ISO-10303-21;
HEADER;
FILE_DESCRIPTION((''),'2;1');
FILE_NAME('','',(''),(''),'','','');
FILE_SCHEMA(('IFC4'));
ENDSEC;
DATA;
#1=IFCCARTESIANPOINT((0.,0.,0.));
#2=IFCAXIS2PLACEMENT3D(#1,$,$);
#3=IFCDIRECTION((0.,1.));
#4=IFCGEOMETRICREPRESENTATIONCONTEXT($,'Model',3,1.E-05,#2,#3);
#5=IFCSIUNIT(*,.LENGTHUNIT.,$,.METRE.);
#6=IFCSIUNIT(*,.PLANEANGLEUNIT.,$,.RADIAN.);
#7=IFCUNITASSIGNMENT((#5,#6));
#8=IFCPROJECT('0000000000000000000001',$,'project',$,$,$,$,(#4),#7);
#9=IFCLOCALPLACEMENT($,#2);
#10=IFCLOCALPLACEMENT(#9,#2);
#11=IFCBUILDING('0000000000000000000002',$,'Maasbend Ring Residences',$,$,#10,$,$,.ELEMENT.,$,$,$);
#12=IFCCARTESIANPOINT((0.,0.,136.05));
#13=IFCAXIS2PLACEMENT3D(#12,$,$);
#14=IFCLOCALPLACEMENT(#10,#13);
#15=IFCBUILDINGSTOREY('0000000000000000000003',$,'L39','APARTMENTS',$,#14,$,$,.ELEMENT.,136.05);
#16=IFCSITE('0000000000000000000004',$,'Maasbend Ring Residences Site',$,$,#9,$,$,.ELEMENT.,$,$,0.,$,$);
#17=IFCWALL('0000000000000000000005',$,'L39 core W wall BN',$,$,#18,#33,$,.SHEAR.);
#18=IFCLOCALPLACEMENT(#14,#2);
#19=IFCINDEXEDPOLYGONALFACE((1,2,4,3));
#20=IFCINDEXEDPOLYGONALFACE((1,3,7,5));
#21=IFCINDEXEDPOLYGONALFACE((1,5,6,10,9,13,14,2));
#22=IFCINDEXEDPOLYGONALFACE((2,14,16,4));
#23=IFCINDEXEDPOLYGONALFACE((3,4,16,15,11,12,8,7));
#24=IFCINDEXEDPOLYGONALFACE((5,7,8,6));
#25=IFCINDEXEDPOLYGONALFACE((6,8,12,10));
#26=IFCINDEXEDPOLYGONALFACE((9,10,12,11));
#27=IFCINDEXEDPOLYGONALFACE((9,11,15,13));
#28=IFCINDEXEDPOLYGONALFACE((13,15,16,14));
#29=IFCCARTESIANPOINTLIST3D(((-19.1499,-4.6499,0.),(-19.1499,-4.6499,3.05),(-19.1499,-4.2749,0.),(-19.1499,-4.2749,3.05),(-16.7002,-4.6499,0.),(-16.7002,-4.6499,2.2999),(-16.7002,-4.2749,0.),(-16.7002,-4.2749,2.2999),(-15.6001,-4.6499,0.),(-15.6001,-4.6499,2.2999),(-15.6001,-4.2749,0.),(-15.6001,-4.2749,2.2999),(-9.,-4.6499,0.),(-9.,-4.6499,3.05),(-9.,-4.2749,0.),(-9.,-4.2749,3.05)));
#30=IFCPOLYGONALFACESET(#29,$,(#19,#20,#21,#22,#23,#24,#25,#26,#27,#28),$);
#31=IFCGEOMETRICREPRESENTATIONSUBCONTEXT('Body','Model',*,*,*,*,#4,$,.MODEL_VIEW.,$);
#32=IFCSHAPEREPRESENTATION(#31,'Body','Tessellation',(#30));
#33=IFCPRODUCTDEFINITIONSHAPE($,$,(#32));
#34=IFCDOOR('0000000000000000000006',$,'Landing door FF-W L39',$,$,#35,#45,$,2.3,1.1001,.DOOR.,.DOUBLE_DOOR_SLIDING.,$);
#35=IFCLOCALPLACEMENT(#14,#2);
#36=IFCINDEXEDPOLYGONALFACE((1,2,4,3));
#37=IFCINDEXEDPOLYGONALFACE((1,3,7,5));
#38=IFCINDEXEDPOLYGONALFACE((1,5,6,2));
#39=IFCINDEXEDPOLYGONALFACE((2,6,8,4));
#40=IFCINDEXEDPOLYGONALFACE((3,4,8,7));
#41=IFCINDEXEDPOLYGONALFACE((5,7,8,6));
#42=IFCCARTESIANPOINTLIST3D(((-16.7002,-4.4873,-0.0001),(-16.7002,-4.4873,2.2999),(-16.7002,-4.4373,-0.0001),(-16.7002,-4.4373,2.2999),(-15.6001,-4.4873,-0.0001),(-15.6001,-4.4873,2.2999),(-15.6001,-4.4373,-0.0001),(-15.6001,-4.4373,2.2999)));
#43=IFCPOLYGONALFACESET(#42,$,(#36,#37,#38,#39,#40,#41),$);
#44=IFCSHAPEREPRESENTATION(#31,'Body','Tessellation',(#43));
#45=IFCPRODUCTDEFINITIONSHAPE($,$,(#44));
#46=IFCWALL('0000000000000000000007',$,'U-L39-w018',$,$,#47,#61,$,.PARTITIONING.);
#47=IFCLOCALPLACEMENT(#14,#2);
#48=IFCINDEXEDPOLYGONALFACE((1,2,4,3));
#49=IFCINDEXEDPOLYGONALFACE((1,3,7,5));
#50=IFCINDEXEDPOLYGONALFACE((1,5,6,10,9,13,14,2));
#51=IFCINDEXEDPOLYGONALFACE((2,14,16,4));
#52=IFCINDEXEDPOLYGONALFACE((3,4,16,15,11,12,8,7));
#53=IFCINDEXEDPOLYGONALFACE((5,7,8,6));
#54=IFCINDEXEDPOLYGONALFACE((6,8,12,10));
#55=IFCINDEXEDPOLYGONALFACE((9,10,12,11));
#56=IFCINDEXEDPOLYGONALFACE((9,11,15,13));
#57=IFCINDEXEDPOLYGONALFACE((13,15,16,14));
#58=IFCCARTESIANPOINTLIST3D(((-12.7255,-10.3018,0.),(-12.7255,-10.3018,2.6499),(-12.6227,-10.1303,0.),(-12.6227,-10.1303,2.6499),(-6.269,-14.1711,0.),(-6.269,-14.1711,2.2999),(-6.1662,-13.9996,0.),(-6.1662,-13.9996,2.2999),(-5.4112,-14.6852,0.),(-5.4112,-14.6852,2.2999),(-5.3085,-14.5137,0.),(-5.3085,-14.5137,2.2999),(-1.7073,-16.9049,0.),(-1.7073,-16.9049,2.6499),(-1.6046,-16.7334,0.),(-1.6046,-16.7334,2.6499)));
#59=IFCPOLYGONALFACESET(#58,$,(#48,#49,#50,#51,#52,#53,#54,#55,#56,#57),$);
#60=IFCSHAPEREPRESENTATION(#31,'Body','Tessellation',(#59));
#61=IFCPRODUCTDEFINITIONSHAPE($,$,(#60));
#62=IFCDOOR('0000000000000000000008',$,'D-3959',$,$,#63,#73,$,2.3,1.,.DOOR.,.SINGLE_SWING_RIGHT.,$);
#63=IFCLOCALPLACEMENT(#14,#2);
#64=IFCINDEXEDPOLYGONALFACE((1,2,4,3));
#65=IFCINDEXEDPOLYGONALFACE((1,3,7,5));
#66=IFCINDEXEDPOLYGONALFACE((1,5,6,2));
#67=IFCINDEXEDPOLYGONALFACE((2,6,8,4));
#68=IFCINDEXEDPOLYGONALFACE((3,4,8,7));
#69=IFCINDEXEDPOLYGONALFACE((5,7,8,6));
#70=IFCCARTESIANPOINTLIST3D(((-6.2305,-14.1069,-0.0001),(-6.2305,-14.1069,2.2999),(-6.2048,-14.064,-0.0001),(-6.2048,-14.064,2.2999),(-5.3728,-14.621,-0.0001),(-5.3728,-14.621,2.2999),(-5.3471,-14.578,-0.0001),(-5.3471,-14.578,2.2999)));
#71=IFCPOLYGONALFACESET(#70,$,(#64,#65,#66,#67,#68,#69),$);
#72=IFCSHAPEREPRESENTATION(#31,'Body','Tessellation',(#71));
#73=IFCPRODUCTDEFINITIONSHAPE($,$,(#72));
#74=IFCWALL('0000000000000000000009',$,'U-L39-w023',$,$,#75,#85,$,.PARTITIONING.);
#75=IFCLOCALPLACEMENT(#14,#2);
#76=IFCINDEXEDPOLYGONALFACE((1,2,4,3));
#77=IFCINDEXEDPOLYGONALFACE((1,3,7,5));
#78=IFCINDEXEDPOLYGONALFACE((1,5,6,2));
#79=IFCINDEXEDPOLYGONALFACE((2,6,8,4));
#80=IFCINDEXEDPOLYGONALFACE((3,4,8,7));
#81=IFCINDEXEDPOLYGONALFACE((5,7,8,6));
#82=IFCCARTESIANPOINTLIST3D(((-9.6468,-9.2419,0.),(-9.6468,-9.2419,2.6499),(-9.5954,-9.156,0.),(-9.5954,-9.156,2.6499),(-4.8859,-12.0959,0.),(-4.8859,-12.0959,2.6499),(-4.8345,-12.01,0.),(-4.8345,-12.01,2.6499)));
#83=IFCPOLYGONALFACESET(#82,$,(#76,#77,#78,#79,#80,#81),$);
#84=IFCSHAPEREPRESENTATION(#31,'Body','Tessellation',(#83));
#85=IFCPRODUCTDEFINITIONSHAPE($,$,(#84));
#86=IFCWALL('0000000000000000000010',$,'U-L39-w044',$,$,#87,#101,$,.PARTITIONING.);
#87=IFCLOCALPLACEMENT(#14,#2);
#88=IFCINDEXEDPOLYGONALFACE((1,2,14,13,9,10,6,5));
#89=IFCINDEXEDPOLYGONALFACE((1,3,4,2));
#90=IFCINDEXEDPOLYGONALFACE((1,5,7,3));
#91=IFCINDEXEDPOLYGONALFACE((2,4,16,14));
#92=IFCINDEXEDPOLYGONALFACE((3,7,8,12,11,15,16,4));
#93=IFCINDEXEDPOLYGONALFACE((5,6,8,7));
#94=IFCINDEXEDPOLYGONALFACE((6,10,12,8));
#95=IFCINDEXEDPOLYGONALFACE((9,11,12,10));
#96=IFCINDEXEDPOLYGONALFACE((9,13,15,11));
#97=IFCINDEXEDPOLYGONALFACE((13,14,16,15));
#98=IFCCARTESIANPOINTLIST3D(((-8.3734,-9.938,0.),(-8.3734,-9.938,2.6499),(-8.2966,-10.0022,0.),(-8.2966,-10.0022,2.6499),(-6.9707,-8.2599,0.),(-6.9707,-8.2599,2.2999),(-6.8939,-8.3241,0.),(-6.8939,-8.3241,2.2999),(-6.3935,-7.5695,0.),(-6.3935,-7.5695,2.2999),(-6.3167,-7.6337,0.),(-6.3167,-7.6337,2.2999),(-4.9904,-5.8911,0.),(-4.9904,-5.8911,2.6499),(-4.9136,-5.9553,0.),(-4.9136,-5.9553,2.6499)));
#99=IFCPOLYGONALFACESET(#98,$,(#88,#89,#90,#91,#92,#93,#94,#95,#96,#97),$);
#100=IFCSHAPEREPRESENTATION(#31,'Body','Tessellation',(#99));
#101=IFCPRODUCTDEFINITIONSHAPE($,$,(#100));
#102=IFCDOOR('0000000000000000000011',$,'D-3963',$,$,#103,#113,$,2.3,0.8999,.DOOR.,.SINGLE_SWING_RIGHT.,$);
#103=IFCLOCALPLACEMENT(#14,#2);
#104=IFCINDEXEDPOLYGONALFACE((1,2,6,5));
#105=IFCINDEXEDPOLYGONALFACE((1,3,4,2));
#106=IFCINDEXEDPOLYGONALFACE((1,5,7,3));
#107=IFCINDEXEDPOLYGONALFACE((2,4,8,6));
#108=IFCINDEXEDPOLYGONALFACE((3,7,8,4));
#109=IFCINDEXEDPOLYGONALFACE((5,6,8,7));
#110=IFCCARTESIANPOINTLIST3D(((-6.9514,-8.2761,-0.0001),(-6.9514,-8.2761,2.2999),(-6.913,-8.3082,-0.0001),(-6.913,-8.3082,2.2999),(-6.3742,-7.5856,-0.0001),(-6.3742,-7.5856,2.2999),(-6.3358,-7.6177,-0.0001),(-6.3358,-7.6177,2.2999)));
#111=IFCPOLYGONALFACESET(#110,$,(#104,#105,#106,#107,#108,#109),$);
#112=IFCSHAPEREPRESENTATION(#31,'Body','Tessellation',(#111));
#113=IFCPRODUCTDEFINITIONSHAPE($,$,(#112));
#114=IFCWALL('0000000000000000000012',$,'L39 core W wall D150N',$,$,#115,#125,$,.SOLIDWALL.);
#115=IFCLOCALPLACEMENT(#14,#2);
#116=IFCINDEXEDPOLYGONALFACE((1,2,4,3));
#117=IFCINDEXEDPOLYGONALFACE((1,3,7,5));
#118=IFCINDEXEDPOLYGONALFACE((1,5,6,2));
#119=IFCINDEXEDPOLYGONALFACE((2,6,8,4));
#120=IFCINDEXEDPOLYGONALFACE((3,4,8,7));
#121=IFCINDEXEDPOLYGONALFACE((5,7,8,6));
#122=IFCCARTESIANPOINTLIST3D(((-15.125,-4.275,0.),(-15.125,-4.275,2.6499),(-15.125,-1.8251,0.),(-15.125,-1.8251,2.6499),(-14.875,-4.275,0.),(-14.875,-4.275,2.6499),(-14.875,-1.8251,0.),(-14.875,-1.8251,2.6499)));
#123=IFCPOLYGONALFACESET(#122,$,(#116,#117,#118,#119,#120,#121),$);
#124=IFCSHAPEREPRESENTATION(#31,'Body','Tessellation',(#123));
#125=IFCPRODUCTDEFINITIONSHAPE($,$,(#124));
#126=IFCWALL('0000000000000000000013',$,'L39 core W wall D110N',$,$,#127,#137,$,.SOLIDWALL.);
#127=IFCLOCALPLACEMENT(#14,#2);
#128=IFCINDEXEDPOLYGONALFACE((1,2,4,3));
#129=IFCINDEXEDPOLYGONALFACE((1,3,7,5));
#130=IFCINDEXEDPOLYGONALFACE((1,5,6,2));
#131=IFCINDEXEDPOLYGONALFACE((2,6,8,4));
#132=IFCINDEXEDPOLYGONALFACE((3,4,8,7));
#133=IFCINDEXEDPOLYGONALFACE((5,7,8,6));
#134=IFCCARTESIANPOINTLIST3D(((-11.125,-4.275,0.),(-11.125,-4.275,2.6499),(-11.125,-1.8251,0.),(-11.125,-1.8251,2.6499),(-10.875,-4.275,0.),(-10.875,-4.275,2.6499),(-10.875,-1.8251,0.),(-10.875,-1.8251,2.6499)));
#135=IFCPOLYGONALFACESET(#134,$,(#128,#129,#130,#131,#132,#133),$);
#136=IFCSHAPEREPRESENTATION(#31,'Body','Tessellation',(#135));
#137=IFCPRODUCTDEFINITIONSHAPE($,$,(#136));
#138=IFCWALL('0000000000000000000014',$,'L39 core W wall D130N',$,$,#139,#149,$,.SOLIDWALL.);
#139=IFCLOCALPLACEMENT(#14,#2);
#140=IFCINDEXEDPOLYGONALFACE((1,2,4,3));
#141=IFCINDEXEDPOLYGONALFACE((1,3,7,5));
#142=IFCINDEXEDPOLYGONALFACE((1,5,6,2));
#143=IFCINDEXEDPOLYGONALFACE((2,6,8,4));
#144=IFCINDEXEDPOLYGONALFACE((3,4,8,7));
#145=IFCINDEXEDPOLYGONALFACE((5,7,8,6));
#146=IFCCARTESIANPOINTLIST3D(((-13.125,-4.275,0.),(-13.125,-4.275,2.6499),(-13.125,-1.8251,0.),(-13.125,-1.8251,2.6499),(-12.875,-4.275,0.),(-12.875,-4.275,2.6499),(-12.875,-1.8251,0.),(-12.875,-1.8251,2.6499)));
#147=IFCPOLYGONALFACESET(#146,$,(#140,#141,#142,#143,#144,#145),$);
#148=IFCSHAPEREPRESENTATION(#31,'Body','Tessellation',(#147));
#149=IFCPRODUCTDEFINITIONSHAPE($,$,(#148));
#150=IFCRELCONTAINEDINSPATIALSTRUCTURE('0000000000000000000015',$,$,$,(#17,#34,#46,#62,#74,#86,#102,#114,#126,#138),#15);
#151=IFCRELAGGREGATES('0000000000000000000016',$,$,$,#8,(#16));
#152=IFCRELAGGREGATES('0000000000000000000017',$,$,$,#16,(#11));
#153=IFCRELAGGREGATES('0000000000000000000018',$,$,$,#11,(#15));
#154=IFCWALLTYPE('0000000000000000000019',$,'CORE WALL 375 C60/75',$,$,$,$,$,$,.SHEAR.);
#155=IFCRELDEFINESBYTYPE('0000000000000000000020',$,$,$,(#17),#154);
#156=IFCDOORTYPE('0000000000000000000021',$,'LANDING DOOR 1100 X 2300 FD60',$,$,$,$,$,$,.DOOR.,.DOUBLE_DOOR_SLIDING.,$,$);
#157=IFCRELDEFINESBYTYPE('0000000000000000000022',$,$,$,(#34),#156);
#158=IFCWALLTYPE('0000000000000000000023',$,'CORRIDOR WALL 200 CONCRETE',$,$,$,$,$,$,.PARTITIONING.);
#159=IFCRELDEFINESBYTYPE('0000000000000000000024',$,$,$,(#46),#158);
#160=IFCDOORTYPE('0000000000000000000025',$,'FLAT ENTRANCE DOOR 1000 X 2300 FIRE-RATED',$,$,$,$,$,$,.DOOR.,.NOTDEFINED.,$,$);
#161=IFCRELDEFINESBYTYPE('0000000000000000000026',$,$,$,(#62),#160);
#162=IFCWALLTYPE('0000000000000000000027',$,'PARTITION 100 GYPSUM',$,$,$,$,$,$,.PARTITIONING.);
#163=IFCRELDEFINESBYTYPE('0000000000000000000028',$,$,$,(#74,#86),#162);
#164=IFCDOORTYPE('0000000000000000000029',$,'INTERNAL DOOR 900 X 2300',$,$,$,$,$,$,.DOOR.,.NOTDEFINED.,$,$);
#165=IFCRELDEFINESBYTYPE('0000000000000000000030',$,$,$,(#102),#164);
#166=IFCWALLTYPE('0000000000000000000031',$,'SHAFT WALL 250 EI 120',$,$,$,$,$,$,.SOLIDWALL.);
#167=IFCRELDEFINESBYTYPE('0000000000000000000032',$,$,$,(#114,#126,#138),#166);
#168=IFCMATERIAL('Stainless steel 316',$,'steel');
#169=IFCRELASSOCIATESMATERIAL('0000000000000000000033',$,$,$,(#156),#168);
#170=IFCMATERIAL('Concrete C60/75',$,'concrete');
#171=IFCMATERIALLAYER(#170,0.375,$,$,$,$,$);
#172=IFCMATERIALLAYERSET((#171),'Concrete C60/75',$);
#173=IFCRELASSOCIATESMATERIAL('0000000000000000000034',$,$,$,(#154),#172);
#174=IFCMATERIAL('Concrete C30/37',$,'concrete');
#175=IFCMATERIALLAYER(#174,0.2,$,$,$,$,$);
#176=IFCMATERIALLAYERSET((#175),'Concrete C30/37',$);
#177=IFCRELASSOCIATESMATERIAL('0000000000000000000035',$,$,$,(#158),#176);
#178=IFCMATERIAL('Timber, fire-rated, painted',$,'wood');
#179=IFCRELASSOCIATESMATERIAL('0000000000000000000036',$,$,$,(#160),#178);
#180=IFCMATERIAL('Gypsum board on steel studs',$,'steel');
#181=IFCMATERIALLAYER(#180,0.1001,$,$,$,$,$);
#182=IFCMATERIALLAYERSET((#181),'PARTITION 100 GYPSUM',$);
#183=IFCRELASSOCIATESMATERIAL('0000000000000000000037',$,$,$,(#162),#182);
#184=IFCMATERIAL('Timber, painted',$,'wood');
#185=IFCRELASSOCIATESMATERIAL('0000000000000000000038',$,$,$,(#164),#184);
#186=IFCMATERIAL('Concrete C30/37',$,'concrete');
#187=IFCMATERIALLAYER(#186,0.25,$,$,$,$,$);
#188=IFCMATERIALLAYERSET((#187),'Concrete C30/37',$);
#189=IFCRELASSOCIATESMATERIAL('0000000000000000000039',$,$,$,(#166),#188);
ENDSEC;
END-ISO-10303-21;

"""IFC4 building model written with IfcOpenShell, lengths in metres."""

from ifc_helpers import new_model, si_unit, direction, frame, frame_2d, origin, place, context, subcontext, project, spatial, rectangle, extrude, material, layer, layer_set, type_object, element, fill, save


model = new_model("IFC4")

# Units and contexts
model_context = context("Model", 3, precision=1e-05, world=origin(), true_north=direction((0.0, 1.0)))
body_context = subcontext(model_context, "Body", "Model", "MODEL_VIEW")
ifc_project = project(units=[si_unit("LENGTHUNIT", "METRE"), si_unit("PLANEANGLEUNIT", "RADIAN")], contexts=[model_context])

# Site, building, storey
site_placement = place(None, origin())
site = spatial("IfcSite", under=ifc_project, at=site_placement, Name="Maasbend Ring Residences Site", CompositionType="ELEMENT", RefElevation=0.0)
building_placement = place(site_placement, origin())
building = spatial("IfcBuilding", under=site, at=building_placement, Name="Maasbend Ring Residences", CompositionType="ELEMENT")
storey_placement = place(building_placement, frame((0.0, 0.0, 136.05)))
storey = spatial("IfcBuildingStorey", under=building, at=storey_placement, Name="L39", Description="APARTMENTS", CompositionType="ELEMENT", Elevation=136.05)

# Shared definitions
ifc_material_1 = material(Name="Stainless steel 316", Category="steel")
door_type_1 = type_object("IfcDoorType", Name="LANDING DOOR 1100 X 2300 FD60", OperationType="DOUBLE_DOOR_SLIDING", PredefinedType="DOOR", material=ifc_material_1)

# Walls, openings, doors
ifc_material_2 = material(Name="Concrete C60/75", Category="concrete")
ifc_layer_1 = layer(ifc_material_2, 0.375)
ifc_layer_set_1 = layer_set([ifc_layer_1], Name="Concrete C60/75")
wall_type_1 = type_object("IfcWallType", Name="CORE WALL 375 C60/75", PredefinedType="SHEAR", material=ifc_layer_set_1)
wall_1_placement = place(storey_placement, frame((-9.0, -4.4624, 0.0), z_axis=(0.0, 0.0, 1.0), x_axis=(-1.0, 0.0, 0.0)))
wall_1 = element("IfcWall", 1, at=wall_1_placement, inside=storey, type_object=wall_type_1, Name="L39 core W wall BN", PredefinedType="SHEAR", context=body_context, shape_type="SweptSolid", body=[
    extrude(rectangle(XDim=10.1499, YDim=0.375, at=frame_2d((5.075, 0.0))), origin(), (0.0, 0.0, 1.0), 3.05),
])
opening_1_placement = place(wall_1_placement, frame((6.6001, 0.0, 0.0)))
opening_1 = element("IfcOpeningElement", 2, at=opening_1_placement, cuts=wall_1, PredefinedType="OPENING", context=body_context, shape_type="SweptSolid", body=[
    extrude(rectangle(XDim=1.1001, YDim=2.3, at=frame_2d((0.55, 1.1499))), frame((0.0, 0.1975, 0.0), z_axis=(0.0, -1.0, 0.0), x_axis=(1.0, 0.0, 0.0)), (0.0, 0.0, 1.0), 0.395),
])
door_1_placement = place(opening_1_placement, origin())
door_1 = element("IfcDoor", 3, at=door_1_placement, inside=storey, type_object=door_type_1, Name="Landing door FF-W L39", OperationType="DOUBLE_DOOR_SLIDING", OverallHeight=2.3, OverallWidth=1.1001, PredefinedType="DOOR", context=body_context, shape_type="SweptSolid", body=[
    extrude(rectangle(XDim=1.1001, YDim=2.3, at=frame_2d((0.55, 1.1499))), frame((0.0, 0.0249, 0.0), z_axis=(0.0, -1.0, 0.0), x_axis=(1.0, 0.0, 0.0)), (0.0, 0.0, 1.0), 0.05),
])
fill(opening_1, door_1)
ifc_material_3 = material(Name="Concrete C30/37", Category="concrete")
ifc_layer_2 = layer(ifc_material_3, 0.2)
ifc_layer_set_2 = layer_set([ifc_layer_2], Name="Concrete C30/37")
wall_type_2 = type_object("IfcWallType", Name="CORRIDOR WALL 200 CONCRETE", PredefinedType="PARTITIONING", material=ifc_layer_set_2)
wall_2_placement = place(storey_placement, frame((-12.6741, -10.2161, 0.0), z_axis=(0.0, 0.0, 1.0), x_axis=(0.857761, -0.514048, 0.0)))
wall_2 = element("IfcWall", 4, at=wall_2_placement, inside=storey, type_object=wall_type_2, Name="U-L39-w018", PredefinedType="PARTITIONING", context=body_context, shape_type="SweptSolid", body=[
    extrude(rectangle(XDim=12.8452, YDim=0.2, at=frame_2d((6.4226, 0.0))), origin(), (0.0, 0.0, 1.0), 2.6499),
])
opening_2_placement = place(wall_2_placement, frame((7.5271, 0.0, 0.0)))
opening_2 = element("IfcOpeningElement", 5, at=opening_2_placement, cuts=wall_2, PredefinedType="OPENING", context=body_context, shape_type="SweptSolid", body=[
    extrude(rectangle(XDim=1.0, YDim=2.3, at=frame_2d((0.5, 1.1499))), frame((0.0, 0.1099, 0.0), z_axis=(0.0, -1.0, 0.0), x_axis=(1.0, 0.0, 0.0)), (0.0, 0.0, 1.0), 0.22),
])
ifc_material_4 = material(Name="Timber, fire-rated, painted", Category="wood")
door_type_2 = type_object("IfcDoorType", Name="FLAT ENTRANCE DOOR 1000 X 2300 FIRE-RATED", OperationType="NOTDEFINED", PredefinedType="DOOR", material=ifc_material_4)
door_2_placement = place(opening_2_placement, origin())
door_2 = element("IfcDoor", 6, at=door_2_placement, inside=storey, type_object=door_type_2, Name="D-3959", OperationType="SINGLE_SWING_RIGHT", OverallHeight=2.3, OverallWidth=1.0, PredefinedType="DOOR", context=body_context, shape_type="SweptSolid", body=[
    extrude(rectangle(XDim=1.0, YDim=2.3, at=frame_2d((0.5, 1.1499))), frame((0.0, 0.0249, 0.0), z_axis=(0.0, -1.0, 0.0), x_axis=(1.0, 0.0, 0.0)), (0.0, 0.0, 1.0), 0.05),
])
fill(opening_2, door_2)

# Wall
ifc_material_5 = material(Name="Gypsum board on steel studs", Category="steel")
ifc_layer_3 = layer(ifc_material_5, 0.1001)
ifc_layer_set_3 = layer_set([ifc_layer_3], Name="PARTITION 100 GYPSUM")
wall_type_3 = type_object("IfcWallType", Name="PARTITION 100 GYPSUM", PredefinedType="PARTITIONING", material=ifc_layer_set_3)
wall_3_placement = place(storey_placement, frame((-9.6211, -9.199, 0.0), z_axis=(0.0, 0.0, 1.0), x_axis=(0.857699, -0.514153, 0.0)))
element("IfcWall", 7, at=wall_3_placement, inside=storey, type_object=wall_type_3, Name="U-L39-w023", PredefinedType="PARTITIONING", context=body_context, shape_type="SweptSolid", body=[
    extrude(rectangle(XDim=5.5508, YDim=0.1001, at=frame_2d((2.7754, 0.0))), origin(), (0.0, 0.0, 1.0), 2.6499),
])

# Wall, opening, door
wall_4_placement = place(storey_placement, frame((-8.335, -9.97, 0.0), z_axis=(0.0, 0.0, 1.0), x_axis=(0.641376, 0.767226, 0.0)))
wall_4 = element("IfcWall", 8, at=wall_4_placement, inside=storey, type_object=wall_type_3, Name="U-L39-w044", PredefinedType="PARTITIONING", context=body_context, shape_type="SweptSolid", body=[
    extrude(rectangle(XDim=5.2747, YDim=0.1001, at=frame_2d((2.6372, 0.0))), origin(), (0.0, 0.0, 1.0), 2.6499),
])
opening_3_placement = place(wall_4_placement, frame((2.187, 0.0, 0.0)))
opening_3 = element("IfcOpeningElement", 9, at=opening_3_placement, cuts=wall_4, PredefinedType="OPENING", context=body_context, shape_type="SweptSolid", body=[
    extrude(rectangle(XDim=0.8999, YDim=2.3, at=frame_2d((0.45, 1.1499))), frame((0.0, 0.0601, 0.0), z_axis=(0.0, -1.0, 0.0), x_axis=(1.0, 0.0, 0.0)), (0.0, 0.0, 1.0), 0.1201),
])
ifc_material_6 = material(Name="Timber, painted", Category="wood")
door_type_3 = type_object("IfcDoorType", Name="INTERNAL DOOR 900 X 2300", OperationType="NOTDEFINED", PredefinedType="DOOR", material=ifc_material_6)
door_3_placement = place(opening_3_placement, origin())
door_3 = element("IfcDoor", 10, at=door_3_placement, inside=storey, type_object=door_type_3, Name="D-3963", OperationType="SINGLE_SWING_RIGHT", OverallHeight=2.3, OverallWidth=0.8999, PredefinedType="DOOR", context=body_context, shape_type="SweptSolid", body=[
    extrude(rectangle(XDim=0.8999, YDim=2.3, at=frame_2d((0.45, 1.1499))), frame((0.0, 0.0249, 0.0), z_axis=(0.0, -1.0, 0.0), x_axis=(1.0, 0.0, 0.0)), (0.0, 0.0, 1.0), 0.05),
])
fill(opening_3, door_3)

# Walls
ifc_material_7 = material(Name="Concrete C30/37", Category="concrete")
ifc_layer_4 = layer(ifc_material_7, 0.25)
ifc_layer_set_4 = layer_set([ifc_layer_4], Name="Concrete C30/37")
wall_type_4 = type_object("IfcWallType", Name="SHAFT WALL 250 EI 120", PredefinedType="SOLIDWALL", material=ifc_layer_set_4)
for number, where, z_axis, x_axis, name in (
    (11, (-15.0, -1.825, 0.0), (0.0, 0.0, 1.0), (0.0, -1.0, 0.0), "L39 core W wall D150N"),
    (12, (-11.0, -1.825, 0.0), (0.0, 0.0, 1.0), (0.0, -1.0, 0.0), "L39 core W wall D110N"),
    (13, (-13.0, -1.825, 0.0), (0.0, 0.0, 1.0), (0.0, -1.0, 0.0), "L39 core W wall D130N"),
):
    element("IfcWall", number, at=place(storey_placement, frame(where, z_axis=z_axis, x_axis=x_axis)), inside=storey, type_object=wall_type_4, Name=name, PredefinedType="SOLIDWALL", context=body_context, shape_type="SweptSolid", body=[
        extrude(rectangle(XDim=2.45, YDim=0.25, at=frame_2d((1.2251, 0.0))), origin(), (0.0, 0.0, 1.0), 2.6499),
    ])

save(model, "model.ifc")
